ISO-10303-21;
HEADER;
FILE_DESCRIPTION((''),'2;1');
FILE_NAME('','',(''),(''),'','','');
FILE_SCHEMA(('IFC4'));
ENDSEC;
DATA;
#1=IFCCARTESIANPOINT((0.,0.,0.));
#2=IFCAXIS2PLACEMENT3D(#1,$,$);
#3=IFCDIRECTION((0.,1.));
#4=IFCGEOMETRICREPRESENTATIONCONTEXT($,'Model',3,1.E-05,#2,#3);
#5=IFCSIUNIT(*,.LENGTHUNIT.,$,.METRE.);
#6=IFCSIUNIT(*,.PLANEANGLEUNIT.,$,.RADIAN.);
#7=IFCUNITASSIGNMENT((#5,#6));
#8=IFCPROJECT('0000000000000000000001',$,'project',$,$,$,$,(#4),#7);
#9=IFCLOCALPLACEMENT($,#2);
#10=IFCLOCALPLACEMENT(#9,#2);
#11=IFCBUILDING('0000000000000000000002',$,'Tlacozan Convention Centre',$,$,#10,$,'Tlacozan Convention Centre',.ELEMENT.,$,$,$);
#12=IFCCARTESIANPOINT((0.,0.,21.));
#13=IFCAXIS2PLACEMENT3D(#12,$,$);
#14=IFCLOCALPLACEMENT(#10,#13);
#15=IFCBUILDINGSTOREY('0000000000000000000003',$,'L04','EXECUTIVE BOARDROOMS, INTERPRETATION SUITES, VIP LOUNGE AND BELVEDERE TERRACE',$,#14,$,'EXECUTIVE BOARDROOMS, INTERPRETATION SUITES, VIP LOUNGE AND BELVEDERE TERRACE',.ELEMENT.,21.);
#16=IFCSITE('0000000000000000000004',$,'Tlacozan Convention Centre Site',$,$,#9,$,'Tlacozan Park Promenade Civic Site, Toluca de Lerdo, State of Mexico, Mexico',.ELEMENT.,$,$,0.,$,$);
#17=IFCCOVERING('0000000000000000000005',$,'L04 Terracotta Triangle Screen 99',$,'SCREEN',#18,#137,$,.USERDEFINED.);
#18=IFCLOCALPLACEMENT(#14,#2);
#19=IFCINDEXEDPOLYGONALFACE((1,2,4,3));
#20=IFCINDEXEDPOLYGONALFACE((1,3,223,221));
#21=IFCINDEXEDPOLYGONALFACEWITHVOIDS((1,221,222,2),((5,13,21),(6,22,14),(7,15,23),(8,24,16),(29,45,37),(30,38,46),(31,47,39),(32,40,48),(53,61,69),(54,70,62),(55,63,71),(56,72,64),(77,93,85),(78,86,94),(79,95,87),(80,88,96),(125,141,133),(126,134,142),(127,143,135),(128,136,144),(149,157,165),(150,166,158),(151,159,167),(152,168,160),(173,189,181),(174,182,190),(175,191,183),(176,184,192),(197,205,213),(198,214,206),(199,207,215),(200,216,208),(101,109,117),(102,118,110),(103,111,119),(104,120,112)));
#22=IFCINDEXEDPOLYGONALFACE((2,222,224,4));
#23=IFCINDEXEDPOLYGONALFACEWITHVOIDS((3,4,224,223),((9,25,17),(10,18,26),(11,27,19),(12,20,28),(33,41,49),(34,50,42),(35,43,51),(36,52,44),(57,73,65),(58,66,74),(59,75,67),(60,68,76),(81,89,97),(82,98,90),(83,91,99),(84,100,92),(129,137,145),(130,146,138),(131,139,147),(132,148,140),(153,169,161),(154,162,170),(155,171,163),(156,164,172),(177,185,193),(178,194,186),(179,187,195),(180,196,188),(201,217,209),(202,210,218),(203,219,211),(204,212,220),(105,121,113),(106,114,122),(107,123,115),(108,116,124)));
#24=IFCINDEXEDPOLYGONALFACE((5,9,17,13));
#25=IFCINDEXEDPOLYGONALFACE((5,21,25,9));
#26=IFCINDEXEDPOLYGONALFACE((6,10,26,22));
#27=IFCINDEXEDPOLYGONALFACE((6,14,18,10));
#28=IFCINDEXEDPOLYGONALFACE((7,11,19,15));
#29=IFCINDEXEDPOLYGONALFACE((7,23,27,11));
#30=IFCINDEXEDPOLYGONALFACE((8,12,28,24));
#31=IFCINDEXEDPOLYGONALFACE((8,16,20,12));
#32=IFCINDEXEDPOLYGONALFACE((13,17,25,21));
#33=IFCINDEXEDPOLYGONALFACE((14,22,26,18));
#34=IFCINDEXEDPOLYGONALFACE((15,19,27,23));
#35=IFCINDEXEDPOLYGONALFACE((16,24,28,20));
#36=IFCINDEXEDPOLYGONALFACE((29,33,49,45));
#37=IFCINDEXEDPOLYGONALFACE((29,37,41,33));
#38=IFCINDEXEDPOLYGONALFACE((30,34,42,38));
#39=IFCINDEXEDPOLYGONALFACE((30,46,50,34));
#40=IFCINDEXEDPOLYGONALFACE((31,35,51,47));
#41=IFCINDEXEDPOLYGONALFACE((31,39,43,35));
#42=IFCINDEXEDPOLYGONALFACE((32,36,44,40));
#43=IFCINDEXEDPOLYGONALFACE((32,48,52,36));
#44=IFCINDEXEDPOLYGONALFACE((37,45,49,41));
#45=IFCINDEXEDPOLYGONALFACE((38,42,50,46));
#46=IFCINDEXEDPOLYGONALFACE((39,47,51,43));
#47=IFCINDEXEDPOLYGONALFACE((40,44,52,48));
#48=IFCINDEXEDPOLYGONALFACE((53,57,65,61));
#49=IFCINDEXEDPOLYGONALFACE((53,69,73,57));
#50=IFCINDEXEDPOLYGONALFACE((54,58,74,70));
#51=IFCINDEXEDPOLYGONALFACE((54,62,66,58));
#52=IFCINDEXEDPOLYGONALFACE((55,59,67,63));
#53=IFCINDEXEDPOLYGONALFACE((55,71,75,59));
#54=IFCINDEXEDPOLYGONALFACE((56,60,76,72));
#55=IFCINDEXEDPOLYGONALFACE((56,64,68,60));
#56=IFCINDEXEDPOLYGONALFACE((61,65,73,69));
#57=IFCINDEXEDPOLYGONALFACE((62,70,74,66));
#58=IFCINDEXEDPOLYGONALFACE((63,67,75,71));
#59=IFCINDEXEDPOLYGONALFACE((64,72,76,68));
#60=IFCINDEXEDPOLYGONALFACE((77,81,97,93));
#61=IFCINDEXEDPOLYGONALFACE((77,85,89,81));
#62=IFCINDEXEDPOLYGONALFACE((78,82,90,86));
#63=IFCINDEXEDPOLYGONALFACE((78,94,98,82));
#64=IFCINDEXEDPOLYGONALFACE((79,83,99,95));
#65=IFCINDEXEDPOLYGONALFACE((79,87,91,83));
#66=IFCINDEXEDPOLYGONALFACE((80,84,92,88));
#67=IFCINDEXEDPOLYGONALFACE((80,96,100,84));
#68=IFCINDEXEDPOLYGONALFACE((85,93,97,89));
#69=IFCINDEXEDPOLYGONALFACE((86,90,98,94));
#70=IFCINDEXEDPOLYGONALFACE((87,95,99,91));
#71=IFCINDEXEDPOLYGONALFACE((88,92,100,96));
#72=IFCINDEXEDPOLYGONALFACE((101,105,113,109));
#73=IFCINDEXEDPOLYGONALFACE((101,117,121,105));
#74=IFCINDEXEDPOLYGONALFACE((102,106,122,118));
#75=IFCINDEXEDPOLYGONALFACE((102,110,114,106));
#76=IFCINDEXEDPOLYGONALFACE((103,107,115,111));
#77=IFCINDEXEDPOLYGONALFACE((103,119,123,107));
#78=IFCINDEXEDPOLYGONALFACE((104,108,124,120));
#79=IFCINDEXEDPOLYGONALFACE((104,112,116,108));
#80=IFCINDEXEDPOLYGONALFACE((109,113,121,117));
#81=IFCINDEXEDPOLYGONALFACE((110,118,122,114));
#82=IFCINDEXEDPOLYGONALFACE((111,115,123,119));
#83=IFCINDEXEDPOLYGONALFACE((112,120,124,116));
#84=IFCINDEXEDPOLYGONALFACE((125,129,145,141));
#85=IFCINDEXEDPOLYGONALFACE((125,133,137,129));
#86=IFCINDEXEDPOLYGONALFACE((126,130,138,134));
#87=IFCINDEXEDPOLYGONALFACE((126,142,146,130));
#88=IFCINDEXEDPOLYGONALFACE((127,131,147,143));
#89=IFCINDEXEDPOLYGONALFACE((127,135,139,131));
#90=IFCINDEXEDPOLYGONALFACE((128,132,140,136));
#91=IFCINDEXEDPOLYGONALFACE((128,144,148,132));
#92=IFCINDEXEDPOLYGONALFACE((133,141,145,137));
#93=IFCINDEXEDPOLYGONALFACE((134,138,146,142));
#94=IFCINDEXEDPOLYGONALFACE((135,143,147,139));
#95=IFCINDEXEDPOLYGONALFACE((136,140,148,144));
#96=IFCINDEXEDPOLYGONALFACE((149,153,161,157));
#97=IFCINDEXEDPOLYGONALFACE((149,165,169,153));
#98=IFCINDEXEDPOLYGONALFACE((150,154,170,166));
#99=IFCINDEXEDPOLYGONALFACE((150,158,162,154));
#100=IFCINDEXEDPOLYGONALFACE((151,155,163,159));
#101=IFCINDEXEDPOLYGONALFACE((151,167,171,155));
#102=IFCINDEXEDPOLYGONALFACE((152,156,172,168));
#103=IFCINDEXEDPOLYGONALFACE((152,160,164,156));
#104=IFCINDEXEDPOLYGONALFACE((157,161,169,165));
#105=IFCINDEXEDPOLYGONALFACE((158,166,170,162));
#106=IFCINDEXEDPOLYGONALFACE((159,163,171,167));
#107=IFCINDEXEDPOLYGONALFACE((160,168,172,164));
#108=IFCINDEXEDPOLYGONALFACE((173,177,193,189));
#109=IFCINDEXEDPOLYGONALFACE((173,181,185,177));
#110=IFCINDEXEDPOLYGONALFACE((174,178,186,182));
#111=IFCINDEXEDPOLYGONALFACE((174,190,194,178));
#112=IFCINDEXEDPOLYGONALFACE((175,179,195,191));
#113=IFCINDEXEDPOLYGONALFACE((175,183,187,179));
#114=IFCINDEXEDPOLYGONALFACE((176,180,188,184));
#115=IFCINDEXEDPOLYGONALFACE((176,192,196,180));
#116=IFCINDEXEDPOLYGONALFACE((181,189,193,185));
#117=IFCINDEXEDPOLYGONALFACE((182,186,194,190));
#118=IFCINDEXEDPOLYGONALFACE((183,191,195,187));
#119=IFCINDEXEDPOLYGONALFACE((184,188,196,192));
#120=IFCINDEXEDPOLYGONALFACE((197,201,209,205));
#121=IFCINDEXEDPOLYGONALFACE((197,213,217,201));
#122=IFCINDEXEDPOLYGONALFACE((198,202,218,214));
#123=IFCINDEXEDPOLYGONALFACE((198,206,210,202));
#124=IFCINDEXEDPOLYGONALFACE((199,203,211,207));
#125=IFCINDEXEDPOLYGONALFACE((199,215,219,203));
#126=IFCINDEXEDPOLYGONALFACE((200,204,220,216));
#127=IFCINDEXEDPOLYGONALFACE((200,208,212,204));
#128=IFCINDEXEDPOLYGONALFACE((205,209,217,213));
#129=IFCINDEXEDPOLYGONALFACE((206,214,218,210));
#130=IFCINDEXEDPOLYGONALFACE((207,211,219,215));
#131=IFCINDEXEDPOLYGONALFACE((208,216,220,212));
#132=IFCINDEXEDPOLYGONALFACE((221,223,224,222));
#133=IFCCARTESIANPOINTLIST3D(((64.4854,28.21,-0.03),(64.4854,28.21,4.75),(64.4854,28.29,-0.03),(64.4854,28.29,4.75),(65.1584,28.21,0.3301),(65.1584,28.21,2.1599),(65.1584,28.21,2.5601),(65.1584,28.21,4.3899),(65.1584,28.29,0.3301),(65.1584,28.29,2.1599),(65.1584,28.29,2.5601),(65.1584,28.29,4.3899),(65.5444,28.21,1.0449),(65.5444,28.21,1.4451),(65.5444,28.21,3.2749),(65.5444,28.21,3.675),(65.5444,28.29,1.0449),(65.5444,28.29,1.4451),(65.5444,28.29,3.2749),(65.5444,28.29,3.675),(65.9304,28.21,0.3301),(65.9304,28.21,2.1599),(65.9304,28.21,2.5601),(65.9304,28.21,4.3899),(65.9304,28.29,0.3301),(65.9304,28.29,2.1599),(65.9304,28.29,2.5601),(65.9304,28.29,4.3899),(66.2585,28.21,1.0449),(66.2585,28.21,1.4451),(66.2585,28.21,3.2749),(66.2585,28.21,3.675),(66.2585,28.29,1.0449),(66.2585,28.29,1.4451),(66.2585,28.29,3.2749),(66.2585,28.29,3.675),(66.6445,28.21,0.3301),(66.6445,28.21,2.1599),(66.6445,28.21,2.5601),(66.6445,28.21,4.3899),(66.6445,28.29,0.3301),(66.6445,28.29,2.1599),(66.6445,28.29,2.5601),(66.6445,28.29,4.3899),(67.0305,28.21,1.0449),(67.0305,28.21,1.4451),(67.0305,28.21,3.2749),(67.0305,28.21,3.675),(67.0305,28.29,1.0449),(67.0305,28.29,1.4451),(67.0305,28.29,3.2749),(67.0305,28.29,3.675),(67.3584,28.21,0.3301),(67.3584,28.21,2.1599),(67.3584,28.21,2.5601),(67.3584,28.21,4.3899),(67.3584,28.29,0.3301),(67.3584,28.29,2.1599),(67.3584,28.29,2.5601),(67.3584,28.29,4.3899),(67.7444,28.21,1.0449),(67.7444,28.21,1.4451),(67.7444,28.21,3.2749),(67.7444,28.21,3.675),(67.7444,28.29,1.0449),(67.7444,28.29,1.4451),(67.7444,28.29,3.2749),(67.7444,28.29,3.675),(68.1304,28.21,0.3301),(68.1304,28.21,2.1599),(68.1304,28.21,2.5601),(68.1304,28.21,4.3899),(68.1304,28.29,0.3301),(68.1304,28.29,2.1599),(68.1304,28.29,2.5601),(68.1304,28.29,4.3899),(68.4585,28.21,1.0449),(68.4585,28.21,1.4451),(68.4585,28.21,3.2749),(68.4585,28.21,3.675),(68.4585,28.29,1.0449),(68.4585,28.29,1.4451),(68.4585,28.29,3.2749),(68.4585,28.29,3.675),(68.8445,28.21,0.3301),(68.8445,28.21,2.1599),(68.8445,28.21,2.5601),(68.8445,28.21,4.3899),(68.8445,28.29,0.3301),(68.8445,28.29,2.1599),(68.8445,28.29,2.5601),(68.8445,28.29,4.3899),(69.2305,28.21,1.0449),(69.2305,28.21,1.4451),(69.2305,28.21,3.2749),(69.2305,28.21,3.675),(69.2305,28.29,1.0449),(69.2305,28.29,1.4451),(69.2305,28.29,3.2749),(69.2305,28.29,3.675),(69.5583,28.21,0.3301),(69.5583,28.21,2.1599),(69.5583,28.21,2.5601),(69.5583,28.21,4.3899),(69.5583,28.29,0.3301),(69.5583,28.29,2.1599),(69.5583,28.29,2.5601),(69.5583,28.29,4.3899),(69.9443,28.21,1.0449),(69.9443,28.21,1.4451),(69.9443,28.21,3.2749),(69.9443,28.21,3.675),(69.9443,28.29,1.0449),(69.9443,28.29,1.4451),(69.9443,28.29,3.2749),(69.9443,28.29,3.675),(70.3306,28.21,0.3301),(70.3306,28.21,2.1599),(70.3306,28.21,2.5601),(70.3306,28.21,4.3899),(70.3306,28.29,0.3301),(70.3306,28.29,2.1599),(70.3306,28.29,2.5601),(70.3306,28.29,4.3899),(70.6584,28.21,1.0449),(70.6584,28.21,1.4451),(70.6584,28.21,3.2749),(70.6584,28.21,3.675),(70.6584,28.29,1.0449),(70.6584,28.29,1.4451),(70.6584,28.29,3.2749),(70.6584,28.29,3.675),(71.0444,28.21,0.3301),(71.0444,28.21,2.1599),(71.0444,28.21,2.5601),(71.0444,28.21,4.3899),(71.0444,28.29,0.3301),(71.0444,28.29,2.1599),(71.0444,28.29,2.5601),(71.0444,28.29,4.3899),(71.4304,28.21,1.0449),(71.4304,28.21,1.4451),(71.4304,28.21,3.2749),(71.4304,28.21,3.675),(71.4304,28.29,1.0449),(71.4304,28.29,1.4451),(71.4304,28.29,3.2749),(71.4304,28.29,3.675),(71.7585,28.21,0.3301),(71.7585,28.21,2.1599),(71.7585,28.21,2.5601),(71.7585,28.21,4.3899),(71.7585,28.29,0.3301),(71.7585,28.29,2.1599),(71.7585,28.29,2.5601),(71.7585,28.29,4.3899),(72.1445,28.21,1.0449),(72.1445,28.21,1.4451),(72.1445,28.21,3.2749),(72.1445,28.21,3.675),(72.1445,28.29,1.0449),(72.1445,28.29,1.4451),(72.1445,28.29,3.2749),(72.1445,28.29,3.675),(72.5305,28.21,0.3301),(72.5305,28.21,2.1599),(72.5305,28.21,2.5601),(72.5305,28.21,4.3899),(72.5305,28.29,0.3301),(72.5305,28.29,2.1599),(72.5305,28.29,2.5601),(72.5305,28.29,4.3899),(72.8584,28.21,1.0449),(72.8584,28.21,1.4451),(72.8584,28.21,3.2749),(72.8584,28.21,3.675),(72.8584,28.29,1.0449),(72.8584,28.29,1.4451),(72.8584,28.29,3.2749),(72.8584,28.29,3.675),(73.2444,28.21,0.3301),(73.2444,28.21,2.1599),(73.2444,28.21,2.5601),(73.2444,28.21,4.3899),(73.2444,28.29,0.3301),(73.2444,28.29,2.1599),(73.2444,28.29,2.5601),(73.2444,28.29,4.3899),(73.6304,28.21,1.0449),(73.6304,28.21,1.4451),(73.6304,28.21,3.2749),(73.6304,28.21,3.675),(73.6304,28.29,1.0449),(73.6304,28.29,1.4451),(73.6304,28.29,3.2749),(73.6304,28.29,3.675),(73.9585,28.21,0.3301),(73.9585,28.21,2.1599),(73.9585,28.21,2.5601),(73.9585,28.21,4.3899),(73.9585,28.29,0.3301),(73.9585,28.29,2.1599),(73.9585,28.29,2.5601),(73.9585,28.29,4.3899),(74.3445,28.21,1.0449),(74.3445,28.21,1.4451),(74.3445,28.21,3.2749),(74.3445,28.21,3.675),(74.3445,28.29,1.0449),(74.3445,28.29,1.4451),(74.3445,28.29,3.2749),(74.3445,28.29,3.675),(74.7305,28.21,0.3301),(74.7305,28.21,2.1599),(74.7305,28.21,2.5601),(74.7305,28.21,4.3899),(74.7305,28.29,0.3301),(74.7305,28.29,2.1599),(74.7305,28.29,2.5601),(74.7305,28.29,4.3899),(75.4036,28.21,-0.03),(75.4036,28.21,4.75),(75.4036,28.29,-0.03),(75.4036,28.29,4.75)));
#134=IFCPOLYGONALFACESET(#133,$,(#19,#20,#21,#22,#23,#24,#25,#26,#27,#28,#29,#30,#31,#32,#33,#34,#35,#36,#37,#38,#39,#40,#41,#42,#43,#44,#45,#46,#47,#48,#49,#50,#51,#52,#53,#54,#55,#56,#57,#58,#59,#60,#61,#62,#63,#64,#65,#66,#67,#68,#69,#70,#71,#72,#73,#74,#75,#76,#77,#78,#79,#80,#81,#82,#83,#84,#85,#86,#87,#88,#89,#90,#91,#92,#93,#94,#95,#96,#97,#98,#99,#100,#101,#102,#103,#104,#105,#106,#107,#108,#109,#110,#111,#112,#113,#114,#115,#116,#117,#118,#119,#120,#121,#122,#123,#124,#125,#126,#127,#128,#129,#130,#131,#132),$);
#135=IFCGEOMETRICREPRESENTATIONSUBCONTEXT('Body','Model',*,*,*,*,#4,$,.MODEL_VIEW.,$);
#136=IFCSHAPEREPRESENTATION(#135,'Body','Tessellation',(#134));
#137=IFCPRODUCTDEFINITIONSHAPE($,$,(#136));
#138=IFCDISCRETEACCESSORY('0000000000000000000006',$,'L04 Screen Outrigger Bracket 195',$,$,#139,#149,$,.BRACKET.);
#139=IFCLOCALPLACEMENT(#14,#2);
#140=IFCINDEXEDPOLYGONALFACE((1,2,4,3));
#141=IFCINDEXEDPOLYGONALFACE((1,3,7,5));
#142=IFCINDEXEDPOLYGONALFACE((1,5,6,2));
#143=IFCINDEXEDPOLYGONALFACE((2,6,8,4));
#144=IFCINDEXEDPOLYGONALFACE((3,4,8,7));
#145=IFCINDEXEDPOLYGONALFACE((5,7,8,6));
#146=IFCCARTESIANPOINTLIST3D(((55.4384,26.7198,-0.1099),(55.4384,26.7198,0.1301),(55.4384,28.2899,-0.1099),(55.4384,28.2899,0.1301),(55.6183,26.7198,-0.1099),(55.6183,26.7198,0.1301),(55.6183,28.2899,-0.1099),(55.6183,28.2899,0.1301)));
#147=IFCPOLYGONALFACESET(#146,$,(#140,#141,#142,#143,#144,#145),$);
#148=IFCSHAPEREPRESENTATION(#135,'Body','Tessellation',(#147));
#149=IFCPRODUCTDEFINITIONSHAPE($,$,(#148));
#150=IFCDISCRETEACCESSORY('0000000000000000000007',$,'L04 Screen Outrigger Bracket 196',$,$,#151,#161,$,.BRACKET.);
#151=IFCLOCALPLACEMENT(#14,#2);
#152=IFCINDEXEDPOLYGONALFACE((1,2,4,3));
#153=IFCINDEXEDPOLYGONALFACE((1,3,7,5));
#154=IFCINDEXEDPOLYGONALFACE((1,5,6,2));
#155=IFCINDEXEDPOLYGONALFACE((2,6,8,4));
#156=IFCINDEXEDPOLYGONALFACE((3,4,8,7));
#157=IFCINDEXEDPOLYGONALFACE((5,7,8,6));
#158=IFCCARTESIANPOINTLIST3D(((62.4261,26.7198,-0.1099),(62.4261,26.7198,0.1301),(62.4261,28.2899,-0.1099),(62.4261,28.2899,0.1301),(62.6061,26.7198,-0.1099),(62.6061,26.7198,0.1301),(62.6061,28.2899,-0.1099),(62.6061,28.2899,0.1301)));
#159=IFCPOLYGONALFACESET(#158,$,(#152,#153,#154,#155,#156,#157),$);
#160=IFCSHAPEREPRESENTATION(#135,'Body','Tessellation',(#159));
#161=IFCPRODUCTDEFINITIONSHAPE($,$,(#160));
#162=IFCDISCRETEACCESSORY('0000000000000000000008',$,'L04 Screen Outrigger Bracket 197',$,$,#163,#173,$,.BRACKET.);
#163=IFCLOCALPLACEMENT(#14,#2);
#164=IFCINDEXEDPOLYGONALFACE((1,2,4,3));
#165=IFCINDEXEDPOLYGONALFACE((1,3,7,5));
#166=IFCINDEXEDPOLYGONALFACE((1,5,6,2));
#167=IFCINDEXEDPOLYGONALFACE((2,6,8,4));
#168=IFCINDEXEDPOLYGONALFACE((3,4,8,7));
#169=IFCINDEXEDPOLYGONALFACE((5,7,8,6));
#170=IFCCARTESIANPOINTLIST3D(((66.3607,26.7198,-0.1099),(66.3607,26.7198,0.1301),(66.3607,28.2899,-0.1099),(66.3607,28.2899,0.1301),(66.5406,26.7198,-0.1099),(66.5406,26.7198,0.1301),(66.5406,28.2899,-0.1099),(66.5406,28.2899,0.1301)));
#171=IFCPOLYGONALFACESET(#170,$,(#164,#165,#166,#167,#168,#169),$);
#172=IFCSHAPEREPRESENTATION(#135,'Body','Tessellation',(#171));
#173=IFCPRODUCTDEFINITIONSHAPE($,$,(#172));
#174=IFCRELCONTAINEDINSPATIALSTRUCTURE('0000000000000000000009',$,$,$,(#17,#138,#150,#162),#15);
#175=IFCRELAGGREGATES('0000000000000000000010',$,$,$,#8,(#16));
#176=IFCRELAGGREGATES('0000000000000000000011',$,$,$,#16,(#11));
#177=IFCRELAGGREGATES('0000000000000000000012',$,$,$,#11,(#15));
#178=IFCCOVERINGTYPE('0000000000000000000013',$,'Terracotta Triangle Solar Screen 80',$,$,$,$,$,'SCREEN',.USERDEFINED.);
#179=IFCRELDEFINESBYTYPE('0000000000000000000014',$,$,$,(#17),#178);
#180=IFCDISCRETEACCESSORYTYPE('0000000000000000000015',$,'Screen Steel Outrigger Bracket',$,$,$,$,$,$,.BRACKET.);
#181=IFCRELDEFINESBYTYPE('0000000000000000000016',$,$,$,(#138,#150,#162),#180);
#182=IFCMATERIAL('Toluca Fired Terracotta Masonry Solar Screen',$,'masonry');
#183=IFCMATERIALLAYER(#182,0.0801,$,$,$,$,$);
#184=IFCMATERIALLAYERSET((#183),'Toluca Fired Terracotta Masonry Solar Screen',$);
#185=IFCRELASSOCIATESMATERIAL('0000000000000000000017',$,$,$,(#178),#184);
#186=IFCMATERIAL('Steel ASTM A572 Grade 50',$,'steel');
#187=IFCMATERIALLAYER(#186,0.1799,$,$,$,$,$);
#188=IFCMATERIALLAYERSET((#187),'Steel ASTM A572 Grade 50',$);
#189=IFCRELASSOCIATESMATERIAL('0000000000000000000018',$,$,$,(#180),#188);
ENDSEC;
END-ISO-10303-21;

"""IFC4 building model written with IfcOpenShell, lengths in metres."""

from ifc_helpers import new_model, si_unit, direction, frame, origin, origin_2d, place, context, subcontext, project, spatial, polyline, rectangle, outline, extrude, material, layer, layer_set, type_object, element, save


model = new_model("IFC4")

# Units and contexts
model_context = context("Model", 3, precision=1e-05, world=origin(), true_north=direction((0.0, 1.0)))
body_context = subcontext(model_context, "Body", "Model", "MODEL_VIEW")
ifc_project = project(units=[si_unit("LENGTHUNIT", "METRE"), si_unit("PLANEANGLEUNIT", "RADIAN")], contexts=[model_context])

# Site, building, storey
site_placement = place(None, origin())
site = spatial("IfcSite", under=ifc_project, at=site_placement, Name="Tlacozan Convention Centre Site", LongName="Tlacozan Park Promenade Civic Site, Toluca de Lerdo, State of Mexico, Mexico", CompositionType="ELEMENT", RefElevation=0.0)
building_placement = place(site_placement, origin())
building = spatial("IfcBuilding", under=site, at=building_placement, Name="Tlacozan Convention Centre", LongName="Tlacozan Convention Centre", CompositionType="ELEMENT")
storey_placement = place(building_placement, frame((0.0, 0.0, 21.0)))
storey = spatial("IfcBuildingStorey", under=building, at=storey_placement, Name="L04", Description="EXECUTIVE BOARDROOMS, INTERPRETATION SUITES, VIP LOUNGE AND BELVEDERE TERRACE", LongName="EXECUTIVE BOARDROOMS, INTERPRETATION SUITES, VIP LOUNGE AND BELVEDERE TERRACE", CompositionType="ELEMENT", Elevation=21.0)

# Covering
ifc_material_1 = material(Name="Toluca Fired Terracotta Masonry Solar Screen", Category="masonry")
ifc_layer_1 = layer(ifc_material_1, 0.0801)
ifc_layer_set_1 = layer_set([ifc_layer_1], Name="Toluca Fired Terracotta Masonry Solar Screen")
covering_type = type_object("IfcCoveringType", Name="Terracotta Triangle Solar Screen 80", ElementType="SCREEN", PredefinedType="USERDEFINED", material=ifc_layer_set_1)
covering_placement = place(storey_placement, frame((64.4854, 28.25, -0.03), z_axis=(0.0, 0.0, 1.0), x_axis=(1.0, 0.0, 0.0)))
element("IfcCovering", 1, at=covering_placement, inside=storey, type_object=covering_type, Name="L04 Terracotta Triangle Screen 99", ObjectType="SCREEN", PredefinedType="USERDEFINED", context=body_context, shape_type="SweptSolid", body=[
    extrude(outline(polyline([(0.0, 0.0), (10.9182, 0.0), (10.9182, 4.78), (0.0, 4.78), (0.0, 0.0)]), holes=[polyline([(0.6731, 0.3601), (1.4451, 0.3601), (1.0591, 1.075), (0.6731, 0.3601)]), polyline([(1.7732, 1.075), (2.5452, 1.075), (2.1592, 0.3601), (1.7732, 1.075)]), polyline([(2.873, 0.3601), (3.645, 0.3601), (3.259, 1.075), (2.873, 0.3601)]), polyline([(3.9731, 1.075), (4.7451, 1.075), (4.3591, 0.3601), (3.9731, 1.075)]), polyline([(5.073, 0.3601), (5.8452, 0.3601), (5.459, 1.075), (5.073, 0.3601)]), polyline([(6.1731, 1.075), (6.9451, 1.075), (6.5591, 0.3601), (6.1731, 1.075)]), polyline([(7.2732, 0.3601), (8.0452, 0.3601), (7.6592, 1.075), (7.2732, 0.3601)]), polyline([(8.373, 1.075), (9.145, 1.075), (8.759, 0.3601), (8.373, 1.075)]), polyline([(9.4731, 0.3601), (10.2451, 0.3601), (9.8591, 1.075), (9.4731, 0.3601)]), polyline([(0.6731, 2.1899), (1.4451, 2.1899), (1.0591, 1.4751), (0.6731, 2.1899)]), polyline([(1.7732, 1.4751), (2.5452, 1.4751), (2.1592, 2.1899), (1.7732, 1.4751)]), polyline([(2.873, 2.1899), (3.645, 2.1899), (3.259, 1.4751), (2.873, 2.1899)]), polyline([(3.9731, 1.4751), (4.7451, 1.4751), (4.3591, 2.1899), (3.9731, 1.4751)]), polyline([(5.073, 2.1899), (5.8452, 2.1899), (5.459, 1.4751), (5.073, 2.1899)]), polyline([(6.1731, 1.4751), (6.9451, 1.4751), (6.5591, 2.1899), (6.1731, 1.4751)]), polyline([(7.2732, 2.1899), (8.0452, 2.1899), (7.6592, 1.4751), (7.2732, 2.1899)]), polyline([(8.373, 1.4751), (9.145, 1.4751), (8.759, 2.1899), (8.373, 1.4751)]), polyline([(9.4731, 2.1899), (10.2451, 2.1899), (9.8591, 1.4751), (9.4731, 2.1899)]), polyline([(0.6731, 2.5901), (1.4451, 2.5901), (1.0591, 3.3049), (0.6731, 2.5901)]), polyline([(1.7732, 3.3049), (2.5452, 3.3049), (2.1592, 2.5901), (1.7732, 3.3049)]), polyline([(2.873, 2.5901), (3.645, 2.5901), (3.259, 3.3049), (2.873, 2.5901)]), polyline([(3.9731, 3.3049), (4.7451, 3.3049), (4.3591, 2.5901), (3.9731, 3.3049)]), polyline([(5.073, 2.5901), (5.8452, 2.5901), (5.459, 3.3049), (5.073, 2.5901)]), polyline([(6.1731, 3.3049), (6.9451, 3.3049), (6.5591, 2.5901), (6.1731, 3.3049)]), polyline([(7.2732, 2.5901), (8.0452, 2.5901), (7.6592, 3.3049), (7.2732, 2.5901)]), polyline([(8.373, 3.3049), (9.145, 3.3049), (8.759, 2.5901), (8.373, 3.3049)]), polyline([(9.4731, 2.5901), (10.2451, 2.5901), (9.8591, 3.3049), (9.4731, 2.5901)]), polyline([(0.6731, 4.4199), (1.4451, 4.4199), (1.0591, 3.7051), (0.6731, 4.4199)]), polyline([(1.7732, 3.7051), (2.5452, 3.7051), (2.1592, 4.4199), (1.7732, 3.7051)]), polyline([(2.873, 4.4199), (3.645, 4.4199), (3.259, 3.7051), (2.873, 4.4199)]), polyline([(3.9731, 3.7051), (4.7451, 3.7051), (4.3591, 4.4199), (3.9731, 3.7051)]), polyline([(5.073, 4.4199), (5.8452, 4.4199), (5.459, 3.7051), (5.073, 4.4199)]), polyline([(6.1731, 3.7051), (6.9451, 3.7051), (6.5591, 4.4199), (6.1731, 3.7051)]), polyline([(7.2732, 4.4199), (8.0452, 4.4199), (7.6592, 3.7051), (7.2732, 4.4199)]), polyline([(8.373, 3.7051), (9.145, 3.7051), (8.759, 4.4199), (8.373, 3.7051)]), polyline([(9.4731, 4.4199), (10.2451, 4.4199), (9.8591, 3.7051), (9.4731, 4.4199)])]), frame((0.0, 0.04, 0.0), z_axis=(0.0, -1.0, 0.0), x_axis=(1.0, 0.0, 0.0)), (0.0, 0.0, 1.0), 0.0801),
])

# Discrete accessories
ifc_material_2 = material(Name="Steel ASTM A572 Grade 50", Category="steel")
ifc_layer_2 = layer(ifc_material_2, 0.1799)
ifc_layer_set_2 = layer_set([ifc_layer_2], Name="Steel ASTM A572 Grade 50")
discrete_accessory_type = type_object("IfcDiscreteAccessoryType", Name="Screen Steel Outrigger Bracket", PredefinedType="BRACKET", material=ifc_layer_set_2)
for number, where, z_axis, x_axis, name in (
    (2, (55.5283, 27.5049, -0.1099), (0.0, 0.0, 1.0), (0.0, -1.0, 0.0), "L04 Screen Outrigger Bracket 195"),
    (3, (62.5161, 27.5049, -0.1099), (0.0, 0.0, 1.0), (0.0, -1.0, 0.0), "L04 Screen Outrigger Bracket 196"),
    (4, (66.4507, 27.5049, -0.1099), (0.0, 0.0, 1.0), (0.0, -1.0, 0.0), "L04 Screen Outrigger Bracket 197"),
):
    element("IfcDiscreteAccessory", number, at=place(storey_placement, frame(where, z_axis=z_axis, x_axis=x_axis)), inside=storey, type_object=discrete_accessory_type, Name=name, PredefinedType="BRACKET", context=body_context, shape_type="SweptSolid", body=[
        extrude(rectangle(XDim=1.5701, YDim=0.1799, at=origin_2d()), origin(), (0.0, 0.0, 1.0), 0.24),
    ])

save(model, "model.ifc")
